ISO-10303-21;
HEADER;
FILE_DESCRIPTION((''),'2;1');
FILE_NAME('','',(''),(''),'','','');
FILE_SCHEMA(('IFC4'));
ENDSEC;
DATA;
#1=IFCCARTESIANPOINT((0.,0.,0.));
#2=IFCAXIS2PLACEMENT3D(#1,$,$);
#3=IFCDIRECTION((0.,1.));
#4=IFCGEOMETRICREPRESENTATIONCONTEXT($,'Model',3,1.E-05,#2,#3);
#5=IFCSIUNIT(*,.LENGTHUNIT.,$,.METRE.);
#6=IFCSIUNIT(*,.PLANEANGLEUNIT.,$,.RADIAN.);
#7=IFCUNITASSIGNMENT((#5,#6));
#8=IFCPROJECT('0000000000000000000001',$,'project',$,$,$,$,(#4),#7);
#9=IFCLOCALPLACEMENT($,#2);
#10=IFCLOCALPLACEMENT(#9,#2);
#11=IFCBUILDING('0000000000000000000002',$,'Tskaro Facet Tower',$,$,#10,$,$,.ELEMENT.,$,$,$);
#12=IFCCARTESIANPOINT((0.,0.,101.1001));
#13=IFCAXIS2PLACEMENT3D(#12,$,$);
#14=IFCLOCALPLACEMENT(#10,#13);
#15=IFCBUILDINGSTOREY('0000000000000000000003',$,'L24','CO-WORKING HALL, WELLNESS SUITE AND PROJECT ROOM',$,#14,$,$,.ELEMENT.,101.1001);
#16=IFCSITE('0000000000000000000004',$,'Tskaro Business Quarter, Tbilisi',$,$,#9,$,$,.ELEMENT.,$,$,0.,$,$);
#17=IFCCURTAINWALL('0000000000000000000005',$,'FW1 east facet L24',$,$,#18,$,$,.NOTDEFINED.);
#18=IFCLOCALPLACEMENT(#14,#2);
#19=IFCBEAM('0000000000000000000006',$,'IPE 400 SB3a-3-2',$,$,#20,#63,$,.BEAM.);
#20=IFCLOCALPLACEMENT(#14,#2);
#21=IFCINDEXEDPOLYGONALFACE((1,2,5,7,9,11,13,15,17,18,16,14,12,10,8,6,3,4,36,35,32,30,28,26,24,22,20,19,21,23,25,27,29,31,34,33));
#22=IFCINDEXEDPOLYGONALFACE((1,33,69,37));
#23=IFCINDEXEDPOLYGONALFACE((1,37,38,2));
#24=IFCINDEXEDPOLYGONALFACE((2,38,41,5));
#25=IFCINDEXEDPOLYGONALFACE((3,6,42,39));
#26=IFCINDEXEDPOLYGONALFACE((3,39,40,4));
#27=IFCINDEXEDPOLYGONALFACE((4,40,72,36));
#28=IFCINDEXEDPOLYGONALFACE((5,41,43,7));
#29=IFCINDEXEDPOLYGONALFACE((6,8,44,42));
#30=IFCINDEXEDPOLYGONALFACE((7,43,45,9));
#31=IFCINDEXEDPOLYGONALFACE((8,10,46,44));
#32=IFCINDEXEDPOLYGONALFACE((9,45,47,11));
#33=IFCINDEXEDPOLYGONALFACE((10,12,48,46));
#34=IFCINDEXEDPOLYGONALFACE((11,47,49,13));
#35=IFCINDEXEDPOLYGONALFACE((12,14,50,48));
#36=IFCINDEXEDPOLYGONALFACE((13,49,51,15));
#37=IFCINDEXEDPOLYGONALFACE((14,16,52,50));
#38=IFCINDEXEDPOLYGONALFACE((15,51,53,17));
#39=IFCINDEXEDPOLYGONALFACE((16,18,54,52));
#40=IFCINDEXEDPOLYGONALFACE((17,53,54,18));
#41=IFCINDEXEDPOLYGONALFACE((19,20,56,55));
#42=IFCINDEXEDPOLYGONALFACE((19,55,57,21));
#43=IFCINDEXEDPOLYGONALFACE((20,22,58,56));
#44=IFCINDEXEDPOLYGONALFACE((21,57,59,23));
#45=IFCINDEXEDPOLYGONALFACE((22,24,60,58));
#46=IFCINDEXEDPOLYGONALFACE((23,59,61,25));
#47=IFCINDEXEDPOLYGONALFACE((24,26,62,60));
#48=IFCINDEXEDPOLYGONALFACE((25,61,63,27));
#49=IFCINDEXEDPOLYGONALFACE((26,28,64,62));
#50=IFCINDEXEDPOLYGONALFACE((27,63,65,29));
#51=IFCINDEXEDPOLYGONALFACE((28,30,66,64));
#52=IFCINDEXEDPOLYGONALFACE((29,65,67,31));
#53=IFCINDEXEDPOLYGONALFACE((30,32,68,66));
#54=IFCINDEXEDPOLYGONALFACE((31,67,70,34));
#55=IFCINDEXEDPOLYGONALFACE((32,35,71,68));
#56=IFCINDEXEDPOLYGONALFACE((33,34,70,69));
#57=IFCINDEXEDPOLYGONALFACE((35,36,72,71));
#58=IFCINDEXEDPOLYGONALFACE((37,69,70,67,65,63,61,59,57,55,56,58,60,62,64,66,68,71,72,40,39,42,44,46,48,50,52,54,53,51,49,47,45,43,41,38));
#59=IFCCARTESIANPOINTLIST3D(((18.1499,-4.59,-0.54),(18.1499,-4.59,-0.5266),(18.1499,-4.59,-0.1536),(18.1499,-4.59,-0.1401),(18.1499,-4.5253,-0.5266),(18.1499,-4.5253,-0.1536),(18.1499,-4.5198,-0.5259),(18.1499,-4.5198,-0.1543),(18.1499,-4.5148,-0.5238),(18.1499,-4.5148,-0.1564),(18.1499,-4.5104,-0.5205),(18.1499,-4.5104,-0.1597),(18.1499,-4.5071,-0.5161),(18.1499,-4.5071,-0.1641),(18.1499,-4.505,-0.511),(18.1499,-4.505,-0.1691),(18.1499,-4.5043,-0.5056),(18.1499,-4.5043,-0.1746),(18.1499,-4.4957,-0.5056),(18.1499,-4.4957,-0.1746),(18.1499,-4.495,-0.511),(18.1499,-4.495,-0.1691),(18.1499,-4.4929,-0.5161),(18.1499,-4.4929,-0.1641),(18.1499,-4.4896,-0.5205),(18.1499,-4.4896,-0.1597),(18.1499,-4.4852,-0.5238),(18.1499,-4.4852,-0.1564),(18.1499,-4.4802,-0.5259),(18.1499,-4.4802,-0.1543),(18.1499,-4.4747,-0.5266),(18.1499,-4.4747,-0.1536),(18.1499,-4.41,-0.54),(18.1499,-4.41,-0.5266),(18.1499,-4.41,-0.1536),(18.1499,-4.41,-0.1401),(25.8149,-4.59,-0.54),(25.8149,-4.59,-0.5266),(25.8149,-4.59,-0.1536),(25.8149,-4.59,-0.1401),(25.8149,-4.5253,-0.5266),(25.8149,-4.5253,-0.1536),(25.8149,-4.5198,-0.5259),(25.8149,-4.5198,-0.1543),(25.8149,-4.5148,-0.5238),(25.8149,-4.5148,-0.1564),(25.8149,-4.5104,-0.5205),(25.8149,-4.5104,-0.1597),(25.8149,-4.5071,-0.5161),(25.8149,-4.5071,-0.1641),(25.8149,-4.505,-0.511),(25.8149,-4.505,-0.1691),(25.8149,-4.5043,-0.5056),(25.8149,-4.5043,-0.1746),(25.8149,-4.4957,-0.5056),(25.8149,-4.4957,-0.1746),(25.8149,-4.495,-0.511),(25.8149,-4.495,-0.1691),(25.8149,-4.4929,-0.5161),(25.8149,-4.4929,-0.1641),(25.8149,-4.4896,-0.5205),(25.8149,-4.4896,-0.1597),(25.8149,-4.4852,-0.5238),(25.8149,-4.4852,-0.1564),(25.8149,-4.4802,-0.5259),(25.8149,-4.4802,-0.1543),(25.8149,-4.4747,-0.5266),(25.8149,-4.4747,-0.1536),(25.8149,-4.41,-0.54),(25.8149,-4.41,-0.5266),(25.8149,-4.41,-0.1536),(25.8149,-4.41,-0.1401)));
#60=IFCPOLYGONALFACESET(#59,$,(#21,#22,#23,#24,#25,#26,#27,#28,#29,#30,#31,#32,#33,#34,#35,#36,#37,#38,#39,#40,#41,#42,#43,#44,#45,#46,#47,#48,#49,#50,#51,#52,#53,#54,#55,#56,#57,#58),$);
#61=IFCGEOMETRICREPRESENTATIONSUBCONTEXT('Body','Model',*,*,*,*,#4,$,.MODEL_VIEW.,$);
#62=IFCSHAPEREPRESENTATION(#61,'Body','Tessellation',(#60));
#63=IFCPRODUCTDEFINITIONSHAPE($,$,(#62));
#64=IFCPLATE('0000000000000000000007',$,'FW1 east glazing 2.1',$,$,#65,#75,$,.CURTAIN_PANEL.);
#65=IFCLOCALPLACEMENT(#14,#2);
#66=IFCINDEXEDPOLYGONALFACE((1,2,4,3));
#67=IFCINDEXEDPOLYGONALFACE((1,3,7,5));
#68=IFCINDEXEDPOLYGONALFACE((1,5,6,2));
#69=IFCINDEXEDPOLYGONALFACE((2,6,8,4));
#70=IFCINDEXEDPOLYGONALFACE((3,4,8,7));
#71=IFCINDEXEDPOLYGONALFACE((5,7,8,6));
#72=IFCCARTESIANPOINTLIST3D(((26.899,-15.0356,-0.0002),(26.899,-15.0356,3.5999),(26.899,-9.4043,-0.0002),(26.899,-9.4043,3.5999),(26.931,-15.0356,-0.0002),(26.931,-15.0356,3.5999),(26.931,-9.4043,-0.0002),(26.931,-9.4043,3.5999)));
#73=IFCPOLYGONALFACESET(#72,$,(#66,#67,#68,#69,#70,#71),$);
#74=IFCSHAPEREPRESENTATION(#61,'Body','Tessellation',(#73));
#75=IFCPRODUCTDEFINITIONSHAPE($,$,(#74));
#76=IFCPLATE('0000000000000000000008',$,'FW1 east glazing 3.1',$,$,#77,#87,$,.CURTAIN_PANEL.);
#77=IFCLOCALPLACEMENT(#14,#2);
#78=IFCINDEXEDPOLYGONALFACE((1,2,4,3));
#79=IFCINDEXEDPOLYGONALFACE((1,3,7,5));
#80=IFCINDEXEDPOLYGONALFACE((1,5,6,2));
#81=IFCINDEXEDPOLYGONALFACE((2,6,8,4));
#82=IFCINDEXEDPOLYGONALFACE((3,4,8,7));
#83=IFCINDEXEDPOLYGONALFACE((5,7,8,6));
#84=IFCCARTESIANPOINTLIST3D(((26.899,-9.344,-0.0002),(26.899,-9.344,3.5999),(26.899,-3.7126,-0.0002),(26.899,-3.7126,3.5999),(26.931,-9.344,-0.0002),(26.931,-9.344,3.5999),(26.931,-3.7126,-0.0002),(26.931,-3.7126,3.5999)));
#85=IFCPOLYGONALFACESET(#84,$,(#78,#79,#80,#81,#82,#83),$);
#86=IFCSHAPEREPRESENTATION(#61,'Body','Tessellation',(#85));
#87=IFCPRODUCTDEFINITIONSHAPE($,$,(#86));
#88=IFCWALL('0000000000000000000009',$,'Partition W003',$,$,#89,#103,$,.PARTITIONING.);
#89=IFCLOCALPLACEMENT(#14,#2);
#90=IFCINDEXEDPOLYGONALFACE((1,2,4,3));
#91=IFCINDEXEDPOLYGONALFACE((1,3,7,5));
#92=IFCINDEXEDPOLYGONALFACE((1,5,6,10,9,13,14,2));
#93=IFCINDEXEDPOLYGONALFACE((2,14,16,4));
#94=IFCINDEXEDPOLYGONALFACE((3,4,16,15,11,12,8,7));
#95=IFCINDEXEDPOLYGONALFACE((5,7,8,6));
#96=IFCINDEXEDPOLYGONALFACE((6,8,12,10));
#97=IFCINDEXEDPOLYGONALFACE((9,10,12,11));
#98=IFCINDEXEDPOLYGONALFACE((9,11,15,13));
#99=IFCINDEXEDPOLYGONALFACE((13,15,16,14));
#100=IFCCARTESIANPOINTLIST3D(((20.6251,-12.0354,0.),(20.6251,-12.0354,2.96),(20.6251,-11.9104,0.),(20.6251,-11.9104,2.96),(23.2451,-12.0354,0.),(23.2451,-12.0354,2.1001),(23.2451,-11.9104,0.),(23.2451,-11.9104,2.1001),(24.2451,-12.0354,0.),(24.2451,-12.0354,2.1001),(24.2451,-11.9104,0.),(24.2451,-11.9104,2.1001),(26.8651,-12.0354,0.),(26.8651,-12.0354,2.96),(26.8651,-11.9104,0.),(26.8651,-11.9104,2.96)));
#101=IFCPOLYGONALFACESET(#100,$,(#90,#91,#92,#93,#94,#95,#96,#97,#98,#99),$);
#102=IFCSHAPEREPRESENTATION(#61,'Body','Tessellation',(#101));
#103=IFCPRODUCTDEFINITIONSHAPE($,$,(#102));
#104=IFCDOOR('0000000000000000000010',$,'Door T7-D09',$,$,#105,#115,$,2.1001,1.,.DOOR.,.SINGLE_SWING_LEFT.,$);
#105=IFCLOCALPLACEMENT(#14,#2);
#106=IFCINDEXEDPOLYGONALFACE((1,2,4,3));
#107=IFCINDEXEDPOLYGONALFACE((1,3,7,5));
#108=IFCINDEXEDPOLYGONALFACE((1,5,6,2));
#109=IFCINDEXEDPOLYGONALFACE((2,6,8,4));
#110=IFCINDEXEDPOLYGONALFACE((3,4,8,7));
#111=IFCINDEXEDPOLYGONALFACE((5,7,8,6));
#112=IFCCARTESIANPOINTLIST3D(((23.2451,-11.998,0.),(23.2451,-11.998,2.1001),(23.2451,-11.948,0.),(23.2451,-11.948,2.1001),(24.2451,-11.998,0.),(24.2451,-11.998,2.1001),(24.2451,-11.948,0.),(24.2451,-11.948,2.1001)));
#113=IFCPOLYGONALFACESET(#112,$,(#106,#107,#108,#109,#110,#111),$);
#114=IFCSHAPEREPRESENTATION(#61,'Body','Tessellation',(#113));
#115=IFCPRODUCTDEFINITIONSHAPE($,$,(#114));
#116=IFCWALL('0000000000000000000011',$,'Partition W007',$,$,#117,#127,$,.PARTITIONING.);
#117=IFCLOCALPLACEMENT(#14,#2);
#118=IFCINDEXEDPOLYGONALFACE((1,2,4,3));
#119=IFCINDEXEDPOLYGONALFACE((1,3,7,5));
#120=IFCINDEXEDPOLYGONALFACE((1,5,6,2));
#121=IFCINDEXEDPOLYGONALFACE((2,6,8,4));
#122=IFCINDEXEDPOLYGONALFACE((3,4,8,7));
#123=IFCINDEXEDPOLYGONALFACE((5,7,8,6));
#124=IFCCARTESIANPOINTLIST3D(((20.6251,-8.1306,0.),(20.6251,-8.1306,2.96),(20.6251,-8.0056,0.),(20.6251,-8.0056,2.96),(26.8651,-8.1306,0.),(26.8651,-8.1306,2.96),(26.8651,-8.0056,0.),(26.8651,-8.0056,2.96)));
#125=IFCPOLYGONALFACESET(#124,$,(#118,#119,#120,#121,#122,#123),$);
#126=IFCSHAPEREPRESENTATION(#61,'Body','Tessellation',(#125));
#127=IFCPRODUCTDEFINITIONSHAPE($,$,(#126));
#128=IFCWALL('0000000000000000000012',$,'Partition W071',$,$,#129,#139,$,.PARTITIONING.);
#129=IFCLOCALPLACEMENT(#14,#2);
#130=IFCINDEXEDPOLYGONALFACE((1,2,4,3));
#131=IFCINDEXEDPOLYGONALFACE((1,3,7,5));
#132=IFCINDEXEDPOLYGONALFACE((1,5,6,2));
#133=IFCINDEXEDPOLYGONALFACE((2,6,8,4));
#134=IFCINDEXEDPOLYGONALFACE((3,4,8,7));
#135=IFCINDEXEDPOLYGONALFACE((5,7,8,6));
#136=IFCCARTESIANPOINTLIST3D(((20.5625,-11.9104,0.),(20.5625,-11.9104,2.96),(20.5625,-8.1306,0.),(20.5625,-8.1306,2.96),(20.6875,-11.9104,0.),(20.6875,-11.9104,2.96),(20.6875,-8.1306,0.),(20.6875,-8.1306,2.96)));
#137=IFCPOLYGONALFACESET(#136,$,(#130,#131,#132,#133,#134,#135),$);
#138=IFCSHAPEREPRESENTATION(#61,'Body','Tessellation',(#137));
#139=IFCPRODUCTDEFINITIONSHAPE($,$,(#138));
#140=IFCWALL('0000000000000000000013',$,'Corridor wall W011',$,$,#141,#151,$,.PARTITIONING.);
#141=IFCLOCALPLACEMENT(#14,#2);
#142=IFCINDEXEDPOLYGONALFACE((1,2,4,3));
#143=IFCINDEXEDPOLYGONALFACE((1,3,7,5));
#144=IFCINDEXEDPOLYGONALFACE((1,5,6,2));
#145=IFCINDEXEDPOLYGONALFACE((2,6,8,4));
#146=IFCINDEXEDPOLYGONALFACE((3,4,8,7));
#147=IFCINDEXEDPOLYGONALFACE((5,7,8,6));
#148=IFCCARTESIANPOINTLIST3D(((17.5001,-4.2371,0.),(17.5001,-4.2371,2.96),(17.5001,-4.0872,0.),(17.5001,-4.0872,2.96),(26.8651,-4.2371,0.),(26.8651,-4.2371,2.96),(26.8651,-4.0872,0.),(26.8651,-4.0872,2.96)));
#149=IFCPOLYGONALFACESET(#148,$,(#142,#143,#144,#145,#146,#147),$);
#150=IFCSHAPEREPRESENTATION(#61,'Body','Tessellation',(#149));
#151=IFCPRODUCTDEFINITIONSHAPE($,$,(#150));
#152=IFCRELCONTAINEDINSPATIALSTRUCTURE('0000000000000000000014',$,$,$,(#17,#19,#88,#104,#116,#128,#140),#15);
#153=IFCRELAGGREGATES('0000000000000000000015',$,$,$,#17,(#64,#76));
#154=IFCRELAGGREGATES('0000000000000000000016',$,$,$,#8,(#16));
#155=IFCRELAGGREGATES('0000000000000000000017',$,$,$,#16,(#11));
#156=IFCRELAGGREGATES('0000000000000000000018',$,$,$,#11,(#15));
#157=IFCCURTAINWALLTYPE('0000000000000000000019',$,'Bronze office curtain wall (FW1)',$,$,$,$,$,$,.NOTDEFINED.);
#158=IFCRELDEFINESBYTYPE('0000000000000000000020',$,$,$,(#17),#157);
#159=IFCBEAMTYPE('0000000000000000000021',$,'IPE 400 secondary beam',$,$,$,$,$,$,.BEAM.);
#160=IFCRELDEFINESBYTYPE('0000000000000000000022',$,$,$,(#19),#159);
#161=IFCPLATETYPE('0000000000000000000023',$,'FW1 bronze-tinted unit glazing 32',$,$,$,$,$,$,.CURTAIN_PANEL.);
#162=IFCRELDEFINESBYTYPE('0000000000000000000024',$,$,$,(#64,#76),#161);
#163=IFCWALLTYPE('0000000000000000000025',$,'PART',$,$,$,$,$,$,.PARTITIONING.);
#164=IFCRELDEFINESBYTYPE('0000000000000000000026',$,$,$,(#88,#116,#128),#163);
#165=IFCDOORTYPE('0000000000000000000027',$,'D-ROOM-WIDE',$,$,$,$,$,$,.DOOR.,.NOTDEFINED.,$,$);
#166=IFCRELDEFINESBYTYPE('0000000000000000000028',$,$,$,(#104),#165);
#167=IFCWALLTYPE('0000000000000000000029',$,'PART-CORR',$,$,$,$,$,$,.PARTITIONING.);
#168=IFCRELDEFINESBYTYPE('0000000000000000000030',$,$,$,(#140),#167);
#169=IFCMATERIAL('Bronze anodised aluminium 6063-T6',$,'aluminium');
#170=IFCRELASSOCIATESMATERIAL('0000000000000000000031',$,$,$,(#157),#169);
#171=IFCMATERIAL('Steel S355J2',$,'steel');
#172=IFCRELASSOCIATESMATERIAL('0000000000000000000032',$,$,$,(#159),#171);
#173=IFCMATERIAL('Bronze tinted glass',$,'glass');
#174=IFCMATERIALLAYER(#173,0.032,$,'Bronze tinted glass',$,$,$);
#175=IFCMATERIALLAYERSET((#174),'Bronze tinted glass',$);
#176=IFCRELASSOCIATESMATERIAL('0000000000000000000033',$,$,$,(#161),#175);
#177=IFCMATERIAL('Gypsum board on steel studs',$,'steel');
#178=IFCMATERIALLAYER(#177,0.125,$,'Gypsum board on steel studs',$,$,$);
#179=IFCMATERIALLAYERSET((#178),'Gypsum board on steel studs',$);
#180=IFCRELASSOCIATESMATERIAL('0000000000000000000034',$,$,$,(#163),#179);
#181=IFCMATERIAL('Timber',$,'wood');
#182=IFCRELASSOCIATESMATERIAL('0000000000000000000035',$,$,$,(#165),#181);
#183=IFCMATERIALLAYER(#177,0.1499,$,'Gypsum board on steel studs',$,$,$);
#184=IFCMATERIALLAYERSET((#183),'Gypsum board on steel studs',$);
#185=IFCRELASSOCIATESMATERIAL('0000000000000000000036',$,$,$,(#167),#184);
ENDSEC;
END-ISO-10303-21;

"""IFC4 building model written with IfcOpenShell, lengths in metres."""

from ifc_helpers import new_model, si_unit, direction, frame, frame_2d, origin, origin_2d, place, context, subcontext, project, spatial, rectangle, i_section, extrude, material, layer, layer_set, material_profile, profile_set, type_object, element, fill, aggregate, save


model = new_model("IFC4")

# Units and contexts
model_context = context("Model", 3, precision=1e-05, world=origin(), true_north=direction((0.0, 1.0)))
body_context = subcontext(model_context, "Body", "Model", "MODEL_VIEW")
ifc_project = project(units=[si_unit("LENGTHUNIT", "METRE"), si_unit("PLANEANGLEUNIT", "RADIAN")], contexts=[model_context])

# Site, building, storey
site_placement = place(None, origin())
site = spatial("IfcSite", under=ifc_project, at=site_placement, Name="Tskaro Business Quarter, Tbilisi", CompositionType="ELEMENT", RefElevation=0.0)
building_placement = place(site_placement, origin())
building = spatial("IfcBuilding", under=site, at=building_placement, Name="Tskaro Facet Tower", CompositionType="ELEMENT")
storey_placement = place(building_placement, frame((0.0, 0.0, 101.1001)))
storey = spatial("IfcBuildingStorey", under=building, at=storey_placement, Name="L24", Description="CO-WORKING HALL, WELLNESS SUITE AND PROJECT ROOM", CompositionType="ELEMENT", Elevation=101.1001)

# Curtain wall
ifc_material_1 = material(Name="Bronze anodised aluminium 6063-T6", Category="aluminium")
curtain_wall_type = type_object("IfcCurtainWallType", Name="Bronze office curtain wall (FW1)", PredefinedType="NOTDEFINED", material=ifc_material_1)
curtain_wall_placement = place(storey_placement, origin())
curtain_wall = element("IfcCurtainWall", 1, at=curtain_wall_placement, inside=storey, type_object=curtain_wall_type, Name="FW1 east facet L24", PredefinedType="NOTDEFINED")

# Beam
ifc_material_2 = material(Name="Steel S355J2", Category="steel")
ifc_material_profile_1 = material_profile(ifc_material_2, i_section(OverallWidth=0.1799, OverallDepth=0.3999, WebThickness=0.0085, FlangeThickness=0.0134, FilletRadius=0.021, at=origin_2d()), Name="IPE 400")
ifc_profile_set_1 = profile_set([ifc_material_profile_1], Name="Steel S355J2")
beam_type_1 = type_object("IfcBeamType", Name="IPE 400 secondary beam", PredefinedType="BEAM", material=ifc_profile_set_1)
for number, where, z_axis, x_axis, name in (
    (2, (18.1499, -4.5, -0.3401), (1.0, 0.0, 0.0), (0.0, 1.0, 0.0), "IPE 400 SB3a-3-2"),
):
    element("IfcBeam", number, at=place(storey_placement, frame(where, z_axis=z_axis, x_axis=x_axis)), inside=storey, type_object=beam_type_1, Name=name, PredefinedType="BEAM", context=body_context, shape_type="SweptSolid", body=[
        extrude(i_section(OverallWidth=0.1799, OverallDepth=0.3999, WebThickness=0.0085, FlangeThickness=0.0134, FilletRadius=0.021, at=origin_2d()), origin(), (0.0, 0.0, 1.0), 7.665),
    ])

# Plates
ifc_material_3 = material(Name="Bronze tinted glass", Category="glass")
ifc_layer_1 = layer(ifc_material_3, 0.032, Name="Bronze tinted glass")
ifc_layer_set_1 = layer_set([ifc_layer_1], Name="Bronze tinted glass")
plate_type = type_object("IfcPlateType", Name="FW1 bronze-tinted unit glazing 32", PredefinedType="CURTAIN_PANEL", material=ifc_layer_set_1)
plate_1_placement = place(storey_placement, frame((26.915, -12.22, -0.0002), z_axis=(0.0, 0.0, 1.0), x_axis=(0.0, 1.0, 0.0)))
plate_1 = element("IfcPlate", 3, at=plate_1_placement, type_object=plate_type, Name="FW1 east glazing 2.1", PredefinedType="CURTAIN_PANEL", context=body_context, shape_type="SweptSolid", body=[
    extrude(rectangle(XDim=5.6313, YDim=0.032, at=origin_2d()), origin(), (0.0, 0.0, 1.0), 3.6001),
])
plate_2_placement = place(storey_placement, frame((26.915, -6.5283, -0.0002), z_axis=(0.0, 0.0, 1.0), x_axis=(0.0, 1.0, 0.0)))
plate_2 = element("IfcPlate", 4, at=plate_2_placement, type_object=plate_type, Name="FW1 east glazing 3.1", PredefinedType="CURTAIN_PANEL", context=body_context, shape_type="SweptSolid", body=[
    extrude(rectangle(XDim=5.6313, YDim=0.032, at=origin_2d()), origin(), (0.0, 0.0, 1.0), 3.6001),
])
aggregate(curtain_wall, [plate_1, plate_2])

# Wall, opening, door
ifc_material_4 = material(Name="Gypsum board on steel studs", Category="steel")
ifc_layer_2 = layer(ifc_material_4, 0.125, Name="Gypsum board on steel studs")
ifc_layer_set_2 = layer_set([ifc_layer_2], Name="Gypsum board on steel studs")
wall_type_1 = type_object("IfcWallType", Name="PART", PredefinedType="PARTITIONING", material=ifc_layer_set_2)
wall_1_placement = place(storey_placement, frame((20.625, -11.9729, 0.0), z_axis=(0.0, 0.0, 1.0), x_axis=(1.0, 0.0, 0.0)))
wall_1 = element("IfcWall", 5, at=wall_1_placement, inside=storey, type_object=wall_type_1, Name="Partition W003", PredefinedType="PARTITIONING", context=body_context, shape_type="SweptSolid", body=[
    extrude(rectangle(XDim=6.24, YDim=0.125, at=frame_2d((3.1201, 0.0))), origin(), (0.0, 0.0, 1.0), 2.96),
])
opening_1_placement = place(wall_1_placement, frame((2.6201, 0.0, 0.0)))
opening_1 = element("IfcOpeningElement", 6, at=opening_1_placement, cuts=wall_1, PredefinedType="OPENING", context=body_context, shape_type="SweptSolid", body=[
    extrude(rectangle(XDim=1.0, YDim=2.1001, at=frame_2d((0.5, 1.05))), frame((0.0, 0.0725, 0.0), z_axis=(0.0, -1.0, 0.0), x_axis=(1.0, 0.0, 0.0)), (0.0, 0.0, 1.0), 0.145),
])
ifc_material_5 = material(Name="Timber", Category="wood")
door_type_1 = type_object("IfcDoorType", Name="D-ROOM-WIDE", OperationType="NOTDEFINED", PredefinedType="DOOR", material=ifc_material_5)
door_1_placement = place(opening_1_placement, origin())
door_1 = element("IfcDoor", 7, at=door_1_placement, inside=storey, type_object=door_type_1, Name="Door T7-D09", OperationType="SINGLE_SWING_LEFT", OverallHeight=2.1001, OverallWidth=1.0, PredefinedType="DOOR", context=body_context, shape_type="SweptSolid", body=[
    extrude(rectangle(XDim=1.0, YDim=2.1001, at=frame_2d((0.5, 1.05))), frame((0.0, 0.0249, 0.0), z_axis=(0.0, -1.0, 0.0), x_axis=(1.0, 0.0, 0.0)), (0.0, 0.0, 1.0), 0.05),
])
fill(opening_1, door_1)

# Walls
wall_2_placement = place(storey_placement, frame((20.625, -8.0681, 0.0), z_axis=(0.0, 0.0, 1.0), x_axis=(1.0, 0.0, 0.0)))
element("IfcWall", 8, at=wall_2_placement, inside=storey, type_object=wall_type_1, Name="Partition W007", PredefinedType="PARTITIONING", context=body_context, shape_type="SweptSolid", body=[
    extrude(rectangle(XDim=6.24, YDim=0.125, at=frame_2d((3.1201, 0.0))), origin(), (0.0, 0.0, 1.0), 2.96),
])
wall_3_placement = place(storey_placement, frame((20.625, -11.9104, 0.0), z_axis=(0.0, 0.0, 1.0), x_axis=(0.0, 1.0, 0.0)))
element("IfcWall", 9, at=wall_3_placement, inside=storey, type_object=wall_type_1, Name="Partition W071", PredefinedType="PARTITIONING", context=body_context, shape_type="SweptSolid", body=[
    extrude(rectangle(XDim=3.7798, YDim=0.125, at=frame_2d((1.8899, 0.0))), origin(), (0.0, 0.0, 1.0), 2.96),
])
ifc_layer_3 = layer(ifc_material_4, 0.1499, Name="Gypsum board on steel studs")
ifc_layer_set_3 = layer_set([ifc_layer_3], Name="Gypsum board on steel studs")
wall_type_2 = type_object("IfcWallType", Name="PART-CORR", PredefinedType="PARTITIONING", material=ifc_layer_set_3)
wall_4_placement = place(storey_placement, frame((17.5, -4.1621, 0.0), z_axis=(0.0, 0.0, 1.0), x_axis=(1.0, 0.0, 0.0)))
element("IfcWall", 10, at=wall_4_placement, inside=storey, type_object=wall_type_2, Name="Corridor wall W011", PredefinedType="PARTITIONING", context=body_context, shape_type="SweptSolid", body=[
    extrude(rectangle(XDim=9.365, YDim=0.1499, at=frame_2d((4.6826, 0.0))), origin(), (0.0, 0.0, 1.0), 2.96),
])

save(model, "model.ifc")
